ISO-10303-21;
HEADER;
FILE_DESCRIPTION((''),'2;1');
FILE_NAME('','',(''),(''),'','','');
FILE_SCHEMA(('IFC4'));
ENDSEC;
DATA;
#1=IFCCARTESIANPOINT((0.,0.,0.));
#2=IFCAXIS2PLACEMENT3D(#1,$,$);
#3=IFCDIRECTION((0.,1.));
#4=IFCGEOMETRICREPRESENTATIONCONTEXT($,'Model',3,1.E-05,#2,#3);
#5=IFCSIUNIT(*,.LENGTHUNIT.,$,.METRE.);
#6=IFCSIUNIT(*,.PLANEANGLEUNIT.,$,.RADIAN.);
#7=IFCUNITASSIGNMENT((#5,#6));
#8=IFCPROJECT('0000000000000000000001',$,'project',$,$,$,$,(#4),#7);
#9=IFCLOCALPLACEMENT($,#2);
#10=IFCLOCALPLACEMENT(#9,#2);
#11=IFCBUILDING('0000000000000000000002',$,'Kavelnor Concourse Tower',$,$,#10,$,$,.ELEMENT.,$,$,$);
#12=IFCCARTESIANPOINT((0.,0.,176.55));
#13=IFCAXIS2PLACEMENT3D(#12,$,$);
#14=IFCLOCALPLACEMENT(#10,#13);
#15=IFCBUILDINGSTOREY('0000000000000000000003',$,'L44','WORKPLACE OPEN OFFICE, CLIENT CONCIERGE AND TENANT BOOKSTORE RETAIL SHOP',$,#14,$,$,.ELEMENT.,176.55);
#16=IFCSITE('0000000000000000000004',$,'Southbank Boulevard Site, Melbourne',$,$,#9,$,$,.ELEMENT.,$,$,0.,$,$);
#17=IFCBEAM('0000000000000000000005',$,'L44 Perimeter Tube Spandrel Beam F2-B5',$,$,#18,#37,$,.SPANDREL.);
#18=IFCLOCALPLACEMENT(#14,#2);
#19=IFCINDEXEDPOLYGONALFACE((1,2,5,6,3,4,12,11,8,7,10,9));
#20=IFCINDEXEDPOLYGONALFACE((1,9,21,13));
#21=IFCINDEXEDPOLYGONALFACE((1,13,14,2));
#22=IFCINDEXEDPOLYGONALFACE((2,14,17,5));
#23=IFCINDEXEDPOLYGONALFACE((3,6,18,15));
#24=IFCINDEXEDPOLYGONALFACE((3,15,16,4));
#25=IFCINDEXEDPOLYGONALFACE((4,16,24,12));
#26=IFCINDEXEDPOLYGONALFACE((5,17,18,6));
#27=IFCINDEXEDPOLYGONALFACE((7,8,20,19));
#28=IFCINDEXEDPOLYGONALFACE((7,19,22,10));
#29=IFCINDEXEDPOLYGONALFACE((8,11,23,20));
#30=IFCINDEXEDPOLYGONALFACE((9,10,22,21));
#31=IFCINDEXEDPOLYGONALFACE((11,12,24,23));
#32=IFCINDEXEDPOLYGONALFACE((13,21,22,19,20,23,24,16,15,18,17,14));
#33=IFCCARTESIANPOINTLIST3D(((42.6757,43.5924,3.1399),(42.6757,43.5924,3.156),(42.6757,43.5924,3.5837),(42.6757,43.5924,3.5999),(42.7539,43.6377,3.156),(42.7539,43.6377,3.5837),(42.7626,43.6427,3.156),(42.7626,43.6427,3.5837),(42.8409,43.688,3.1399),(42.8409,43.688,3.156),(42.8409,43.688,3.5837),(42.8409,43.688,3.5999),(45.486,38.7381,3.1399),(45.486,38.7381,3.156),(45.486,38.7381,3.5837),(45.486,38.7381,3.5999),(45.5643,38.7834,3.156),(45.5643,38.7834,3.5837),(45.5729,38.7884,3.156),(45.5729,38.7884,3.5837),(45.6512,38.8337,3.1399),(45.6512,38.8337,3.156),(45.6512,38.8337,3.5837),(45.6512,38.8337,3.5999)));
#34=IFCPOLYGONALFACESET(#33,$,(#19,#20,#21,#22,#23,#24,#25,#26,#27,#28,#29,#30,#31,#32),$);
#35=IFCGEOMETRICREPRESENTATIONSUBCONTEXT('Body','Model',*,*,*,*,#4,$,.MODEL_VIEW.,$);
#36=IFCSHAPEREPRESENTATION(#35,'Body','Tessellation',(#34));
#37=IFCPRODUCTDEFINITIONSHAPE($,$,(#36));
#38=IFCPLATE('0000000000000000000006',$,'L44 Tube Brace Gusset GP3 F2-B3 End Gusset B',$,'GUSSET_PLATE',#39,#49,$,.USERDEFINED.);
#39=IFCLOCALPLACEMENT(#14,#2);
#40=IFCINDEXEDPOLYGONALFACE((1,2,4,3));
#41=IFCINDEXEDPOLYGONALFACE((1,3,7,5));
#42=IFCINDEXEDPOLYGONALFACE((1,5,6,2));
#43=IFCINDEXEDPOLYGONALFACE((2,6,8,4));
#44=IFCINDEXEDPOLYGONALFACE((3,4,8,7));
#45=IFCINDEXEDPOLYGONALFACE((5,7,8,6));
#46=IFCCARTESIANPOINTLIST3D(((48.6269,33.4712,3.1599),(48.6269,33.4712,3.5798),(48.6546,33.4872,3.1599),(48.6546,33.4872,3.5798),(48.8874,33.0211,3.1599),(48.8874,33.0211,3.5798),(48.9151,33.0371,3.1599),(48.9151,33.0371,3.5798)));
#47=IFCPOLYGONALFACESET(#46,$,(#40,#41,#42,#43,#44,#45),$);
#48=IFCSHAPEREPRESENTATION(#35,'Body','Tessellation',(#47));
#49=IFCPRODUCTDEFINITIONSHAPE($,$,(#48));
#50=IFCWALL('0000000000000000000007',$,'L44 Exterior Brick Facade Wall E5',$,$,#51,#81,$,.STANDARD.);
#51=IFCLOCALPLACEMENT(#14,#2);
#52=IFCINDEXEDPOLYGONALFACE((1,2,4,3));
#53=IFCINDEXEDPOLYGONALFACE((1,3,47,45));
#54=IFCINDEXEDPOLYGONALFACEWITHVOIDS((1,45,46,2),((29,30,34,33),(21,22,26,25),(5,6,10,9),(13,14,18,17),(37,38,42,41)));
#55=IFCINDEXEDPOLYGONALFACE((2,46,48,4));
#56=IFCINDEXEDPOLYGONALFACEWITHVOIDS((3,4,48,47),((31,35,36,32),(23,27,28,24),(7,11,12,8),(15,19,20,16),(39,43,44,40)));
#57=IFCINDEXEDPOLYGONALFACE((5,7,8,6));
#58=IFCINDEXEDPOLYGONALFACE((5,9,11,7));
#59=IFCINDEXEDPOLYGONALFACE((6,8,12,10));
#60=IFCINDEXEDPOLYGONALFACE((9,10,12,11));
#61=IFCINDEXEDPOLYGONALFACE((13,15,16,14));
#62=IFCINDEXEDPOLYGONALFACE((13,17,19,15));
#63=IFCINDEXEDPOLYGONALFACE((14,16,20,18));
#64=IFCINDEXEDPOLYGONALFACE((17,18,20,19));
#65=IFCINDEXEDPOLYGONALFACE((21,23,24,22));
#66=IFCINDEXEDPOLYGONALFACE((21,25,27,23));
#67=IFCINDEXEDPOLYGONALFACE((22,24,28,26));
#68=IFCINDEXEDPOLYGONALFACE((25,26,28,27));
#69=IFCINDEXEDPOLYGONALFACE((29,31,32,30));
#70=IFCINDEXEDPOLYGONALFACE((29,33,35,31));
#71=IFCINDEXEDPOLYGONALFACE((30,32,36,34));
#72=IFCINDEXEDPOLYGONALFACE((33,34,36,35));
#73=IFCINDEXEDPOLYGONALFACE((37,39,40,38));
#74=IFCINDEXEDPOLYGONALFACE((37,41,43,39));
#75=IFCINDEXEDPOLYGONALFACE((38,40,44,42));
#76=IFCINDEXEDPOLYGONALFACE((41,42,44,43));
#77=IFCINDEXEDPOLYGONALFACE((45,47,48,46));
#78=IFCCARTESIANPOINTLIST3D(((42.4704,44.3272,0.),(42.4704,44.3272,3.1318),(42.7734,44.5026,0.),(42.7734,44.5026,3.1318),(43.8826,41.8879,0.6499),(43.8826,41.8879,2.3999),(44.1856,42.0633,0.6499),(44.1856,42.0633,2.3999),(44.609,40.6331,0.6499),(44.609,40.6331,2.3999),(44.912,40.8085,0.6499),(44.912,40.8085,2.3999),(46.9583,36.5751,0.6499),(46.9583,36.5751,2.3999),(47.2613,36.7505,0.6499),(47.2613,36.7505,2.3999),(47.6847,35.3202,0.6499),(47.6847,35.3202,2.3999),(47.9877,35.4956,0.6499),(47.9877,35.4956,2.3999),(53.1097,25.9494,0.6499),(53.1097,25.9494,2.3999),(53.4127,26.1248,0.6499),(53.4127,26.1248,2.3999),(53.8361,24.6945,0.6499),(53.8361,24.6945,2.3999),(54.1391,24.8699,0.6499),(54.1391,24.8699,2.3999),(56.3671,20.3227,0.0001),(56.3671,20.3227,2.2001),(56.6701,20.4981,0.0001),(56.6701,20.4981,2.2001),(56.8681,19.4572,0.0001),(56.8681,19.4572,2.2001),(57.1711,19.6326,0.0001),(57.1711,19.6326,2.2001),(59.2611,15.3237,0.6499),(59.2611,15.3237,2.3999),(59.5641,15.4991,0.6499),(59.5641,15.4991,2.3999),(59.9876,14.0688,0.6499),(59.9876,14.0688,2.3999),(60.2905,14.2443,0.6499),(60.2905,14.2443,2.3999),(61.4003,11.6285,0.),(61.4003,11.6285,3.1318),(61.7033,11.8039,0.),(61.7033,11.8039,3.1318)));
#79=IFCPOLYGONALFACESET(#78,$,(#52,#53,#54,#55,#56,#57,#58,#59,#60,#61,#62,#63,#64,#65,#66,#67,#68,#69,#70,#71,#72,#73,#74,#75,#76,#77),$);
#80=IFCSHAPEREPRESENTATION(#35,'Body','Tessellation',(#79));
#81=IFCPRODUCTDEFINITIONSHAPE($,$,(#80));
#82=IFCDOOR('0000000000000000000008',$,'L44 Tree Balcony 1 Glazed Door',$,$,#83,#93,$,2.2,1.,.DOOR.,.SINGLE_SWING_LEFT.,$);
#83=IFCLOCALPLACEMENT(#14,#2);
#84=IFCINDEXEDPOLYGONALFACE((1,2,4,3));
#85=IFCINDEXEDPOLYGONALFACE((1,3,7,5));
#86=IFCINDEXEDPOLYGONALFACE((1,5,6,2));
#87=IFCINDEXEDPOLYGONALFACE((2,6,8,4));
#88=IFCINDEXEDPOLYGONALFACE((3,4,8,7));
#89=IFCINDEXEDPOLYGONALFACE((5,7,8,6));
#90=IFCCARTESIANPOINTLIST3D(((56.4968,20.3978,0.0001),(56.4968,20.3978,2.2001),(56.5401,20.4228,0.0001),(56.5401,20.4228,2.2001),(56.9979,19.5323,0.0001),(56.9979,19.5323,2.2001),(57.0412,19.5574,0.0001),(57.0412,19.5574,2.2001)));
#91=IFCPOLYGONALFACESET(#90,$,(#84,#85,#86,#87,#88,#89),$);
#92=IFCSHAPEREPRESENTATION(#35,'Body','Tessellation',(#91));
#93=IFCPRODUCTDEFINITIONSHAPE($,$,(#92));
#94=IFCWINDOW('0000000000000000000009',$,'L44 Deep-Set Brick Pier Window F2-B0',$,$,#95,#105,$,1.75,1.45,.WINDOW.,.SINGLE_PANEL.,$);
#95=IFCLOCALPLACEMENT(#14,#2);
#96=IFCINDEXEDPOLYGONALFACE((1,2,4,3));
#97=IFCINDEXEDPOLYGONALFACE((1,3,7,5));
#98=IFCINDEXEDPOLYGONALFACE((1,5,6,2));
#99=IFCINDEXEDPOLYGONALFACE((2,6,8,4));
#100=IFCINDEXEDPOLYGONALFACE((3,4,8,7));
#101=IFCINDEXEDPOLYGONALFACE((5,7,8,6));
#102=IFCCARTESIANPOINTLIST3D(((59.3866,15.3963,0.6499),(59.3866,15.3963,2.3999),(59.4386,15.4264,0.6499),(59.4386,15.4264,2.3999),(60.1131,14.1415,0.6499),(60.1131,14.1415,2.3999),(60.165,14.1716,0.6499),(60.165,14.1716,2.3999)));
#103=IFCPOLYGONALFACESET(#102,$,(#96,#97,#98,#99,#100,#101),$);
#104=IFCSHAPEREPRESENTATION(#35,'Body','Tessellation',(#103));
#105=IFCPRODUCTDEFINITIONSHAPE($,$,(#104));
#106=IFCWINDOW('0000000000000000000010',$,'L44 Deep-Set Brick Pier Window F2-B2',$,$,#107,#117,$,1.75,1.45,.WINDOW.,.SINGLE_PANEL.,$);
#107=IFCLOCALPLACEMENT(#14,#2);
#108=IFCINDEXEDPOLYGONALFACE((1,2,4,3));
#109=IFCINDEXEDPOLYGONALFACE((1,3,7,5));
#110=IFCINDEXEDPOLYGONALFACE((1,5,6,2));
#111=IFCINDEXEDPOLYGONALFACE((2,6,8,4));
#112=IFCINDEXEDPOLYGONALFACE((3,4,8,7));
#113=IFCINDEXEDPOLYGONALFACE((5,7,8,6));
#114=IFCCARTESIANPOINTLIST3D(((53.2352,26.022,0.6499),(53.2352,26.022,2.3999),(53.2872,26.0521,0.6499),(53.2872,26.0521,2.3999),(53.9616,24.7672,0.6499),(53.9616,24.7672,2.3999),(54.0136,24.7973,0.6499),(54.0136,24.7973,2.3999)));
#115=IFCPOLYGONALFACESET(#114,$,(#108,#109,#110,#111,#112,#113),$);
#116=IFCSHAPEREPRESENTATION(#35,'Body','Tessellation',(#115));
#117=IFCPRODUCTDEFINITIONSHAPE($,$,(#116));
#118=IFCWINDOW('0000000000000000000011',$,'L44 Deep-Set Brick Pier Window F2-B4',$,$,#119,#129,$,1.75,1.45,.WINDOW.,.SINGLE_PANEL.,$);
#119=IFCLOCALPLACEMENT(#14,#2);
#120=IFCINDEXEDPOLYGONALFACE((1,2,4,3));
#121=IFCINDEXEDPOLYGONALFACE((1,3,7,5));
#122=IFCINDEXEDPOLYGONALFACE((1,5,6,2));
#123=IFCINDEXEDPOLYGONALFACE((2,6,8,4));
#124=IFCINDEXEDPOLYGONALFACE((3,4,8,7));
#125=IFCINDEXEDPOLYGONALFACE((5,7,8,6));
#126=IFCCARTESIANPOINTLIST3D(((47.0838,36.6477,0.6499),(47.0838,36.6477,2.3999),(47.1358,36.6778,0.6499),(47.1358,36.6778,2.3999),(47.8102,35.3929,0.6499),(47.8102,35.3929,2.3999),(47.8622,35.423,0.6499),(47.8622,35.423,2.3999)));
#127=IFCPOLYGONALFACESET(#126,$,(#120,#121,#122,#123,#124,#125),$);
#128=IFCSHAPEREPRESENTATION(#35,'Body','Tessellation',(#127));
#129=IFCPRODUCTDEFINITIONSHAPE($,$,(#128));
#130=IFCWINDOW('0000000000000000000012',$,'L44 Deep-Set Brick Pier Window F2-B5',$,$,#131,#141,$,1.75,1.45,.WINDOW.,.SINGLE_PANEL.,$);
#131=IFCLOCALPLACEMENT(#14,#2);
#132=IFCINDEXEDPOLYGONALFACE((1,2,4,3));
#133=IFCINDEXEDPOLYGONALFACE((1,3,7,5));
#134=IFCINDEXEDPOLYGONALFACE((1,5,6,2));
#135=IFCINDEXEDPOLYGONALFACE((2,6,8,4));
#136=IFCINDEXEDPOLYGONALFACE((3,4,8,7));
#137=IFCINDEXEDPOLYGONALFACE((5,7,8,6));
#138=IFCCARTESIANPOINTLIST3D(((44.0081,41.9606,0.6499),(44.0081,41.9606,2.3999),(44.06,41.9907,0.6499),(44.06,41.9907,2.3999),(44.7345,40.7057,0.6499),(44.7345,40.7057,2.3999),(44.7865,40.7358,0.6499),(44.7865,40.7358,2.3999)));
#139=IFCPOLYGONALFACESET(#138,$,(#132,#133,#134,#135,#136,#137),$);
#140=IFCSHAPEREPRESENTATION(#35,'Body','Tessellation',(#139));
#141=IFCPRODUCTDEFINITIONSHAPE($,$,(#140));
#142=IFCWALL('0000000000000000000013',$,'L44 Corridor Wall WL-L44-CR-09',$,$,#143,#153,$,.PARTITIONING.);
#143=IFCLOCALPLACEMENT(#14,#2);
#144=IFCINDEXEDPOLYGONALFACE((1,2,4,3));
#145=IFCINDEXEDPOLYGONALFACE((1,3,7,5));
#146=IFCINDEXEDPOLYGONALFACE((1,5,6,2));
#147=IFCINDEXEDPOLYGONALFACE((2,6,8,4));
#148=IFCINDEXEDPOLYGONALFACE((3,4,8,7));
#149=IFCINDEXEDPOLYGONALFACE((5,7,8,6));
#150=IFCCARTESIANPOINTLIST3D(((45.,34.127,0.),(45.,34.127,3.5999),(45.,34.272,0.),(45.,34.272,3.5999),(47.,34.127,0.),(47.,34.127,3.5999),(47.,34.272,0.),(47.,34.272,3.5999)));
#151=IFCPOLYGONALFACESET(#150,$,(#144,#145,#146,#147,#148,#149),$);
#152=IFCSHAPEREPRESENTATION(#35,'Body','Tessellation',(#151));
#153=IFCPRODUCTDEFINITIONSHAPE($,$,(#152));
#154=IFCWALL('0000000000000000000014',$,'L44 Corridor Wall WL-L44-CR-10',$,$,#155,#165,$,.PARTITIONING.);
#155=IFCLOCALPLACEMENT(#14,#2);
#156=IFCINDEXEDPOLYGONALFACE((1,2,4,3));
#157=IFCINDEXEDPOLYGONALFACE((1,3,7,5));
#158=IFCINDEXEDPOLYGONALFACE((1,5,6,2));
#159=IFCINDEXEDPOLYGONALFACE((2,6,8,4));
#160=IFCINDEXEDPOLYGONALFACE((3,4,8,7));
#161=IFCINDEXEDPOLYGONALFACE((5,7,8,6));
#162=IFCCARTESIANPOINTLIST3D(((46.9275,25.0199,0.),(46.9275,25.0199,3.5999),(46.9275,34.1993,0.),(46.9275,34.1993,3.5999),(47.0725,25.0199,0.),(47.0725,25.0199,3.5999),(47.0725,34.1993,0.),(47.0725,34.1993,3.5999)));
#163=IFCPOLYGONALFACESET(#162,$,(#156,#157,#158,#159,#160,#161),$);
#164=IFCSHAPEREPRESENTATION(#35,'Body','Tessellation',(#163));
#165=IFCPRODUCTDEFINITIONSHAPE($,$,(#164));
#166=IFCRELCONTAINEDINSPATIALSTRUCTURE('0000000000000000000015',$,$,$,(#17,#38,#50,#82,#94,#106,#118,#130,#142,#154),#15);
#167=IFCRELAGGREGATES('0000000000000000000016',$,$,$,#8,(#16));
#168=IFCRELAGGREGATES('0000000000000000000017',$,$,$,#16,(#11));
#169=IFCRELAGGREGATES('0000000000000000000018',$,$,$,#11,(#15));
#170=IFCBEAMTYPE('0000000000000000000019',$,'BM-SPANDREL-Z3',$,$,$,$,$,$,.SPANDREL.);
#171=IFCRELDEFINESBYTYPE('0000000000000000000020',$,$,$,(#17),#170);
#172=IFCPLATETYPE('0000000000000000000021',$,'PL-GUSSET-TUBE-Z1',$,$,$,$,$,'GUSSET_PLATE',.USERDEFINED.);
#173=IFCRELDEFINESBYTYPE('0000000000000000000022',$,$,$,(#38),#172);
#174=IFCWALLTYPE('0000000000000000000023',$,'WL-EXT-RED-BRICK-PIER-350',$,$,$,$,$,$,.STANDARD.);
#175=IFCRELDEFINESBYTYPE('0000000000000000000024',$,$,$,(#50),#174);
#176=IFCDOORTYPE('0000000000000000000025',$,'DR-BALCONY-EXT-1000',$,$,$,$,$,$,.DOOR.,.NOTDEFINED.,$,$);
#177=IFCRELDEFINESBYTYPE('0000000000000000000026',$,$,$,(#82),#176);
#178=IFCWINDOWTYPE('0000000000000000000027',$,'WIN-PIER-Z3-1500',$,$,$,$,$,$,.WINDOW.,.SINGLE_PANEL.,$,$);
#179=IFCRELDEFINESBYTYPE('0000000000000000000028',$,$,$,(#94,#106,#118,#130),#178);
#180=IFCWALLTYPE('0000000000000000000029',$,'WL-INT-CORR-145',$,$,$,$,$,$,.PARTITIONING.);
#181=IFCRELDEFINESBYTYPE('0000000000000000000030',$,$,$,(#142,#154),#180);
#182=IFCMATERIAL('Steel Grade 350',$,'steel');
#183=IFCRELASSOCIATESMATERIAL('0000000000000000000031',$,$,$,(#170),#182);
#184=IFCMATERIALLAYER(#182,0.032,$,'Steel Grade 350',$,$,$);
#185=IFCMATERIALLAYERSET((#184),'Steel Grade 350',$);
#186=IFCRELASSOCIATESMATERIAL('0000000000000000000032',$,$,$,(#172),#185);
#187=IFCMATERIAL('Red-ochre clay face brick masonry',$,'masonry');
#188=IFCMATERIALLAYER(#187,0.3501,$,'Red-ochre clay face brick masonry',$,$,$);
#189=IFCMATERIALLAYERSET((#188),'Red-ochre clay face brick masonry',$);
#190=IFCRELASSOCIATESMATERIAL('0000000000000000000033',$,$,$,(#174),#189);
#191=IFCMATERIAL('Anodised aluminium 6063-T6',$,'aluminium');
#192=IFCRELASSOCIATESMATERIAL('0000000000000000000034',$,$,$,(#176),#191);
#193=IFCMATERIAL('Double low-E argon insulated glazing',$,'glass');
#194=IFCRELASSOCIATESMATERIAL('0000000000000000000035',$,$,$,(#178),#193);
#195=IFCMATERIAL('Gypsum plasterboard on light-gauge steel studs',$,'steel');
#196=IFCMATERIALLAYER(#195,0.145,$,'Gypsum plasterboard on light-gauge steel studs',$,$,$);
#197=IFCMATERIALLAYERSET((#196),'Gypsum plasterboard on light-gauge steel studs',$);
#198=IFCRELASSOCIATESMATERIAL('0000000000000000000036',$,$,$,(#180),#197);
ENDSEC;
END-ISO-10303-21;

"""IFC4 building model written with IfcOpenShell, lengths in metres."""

from ifc_helpers import new_model, si_unit, direction, frame, frame_2d, origin, origin_2d, place, context, subcontext, project, spatial, rectangle, i_section, extrude, material, layer, layer_set, material_profile, profile_set, type_object, element, fill, save


model = new_model("IFC4")

# Units and contexts
model_context = context("Model", 3, precision=1e-05, world=origin(), true_north=direction((0.0, 1.0)))
body_context = subcontext(model_context, "Body", "Model", "MODEL_VIEW")
ifc_project = project(units=[si_unit("LENGTHUNIT", "METRE"), si_unit("PLANEANGLEUNIT", "RADIAN")], contexts=[model_context])

# Site, building, storey
site_placement = place(None, origin())
site = spatial("IfcSite", under=ifc_project, at=site_placement, Name="Southbank Boulevard Site, Melbourne", CompositionType="ELEMENT", RefElevation=0.0)
building_placement = place(site_placement, origin())
building = spatial("IfcBuilding", under=site, at=building_placement, Name="Kavelnor Concourse Tower", CompositionType="ELEMENT")
storey_placement = place(building_placement, frame((0.0, 0.0, 176.55)))
storey = spatial("IfcBuildingStorey", under=building, at=storey_placement, Name="L44", Description="WORKPLACE OPEN OFFICE, CLIENT CONCIERGE AND TENANT BOOKSTORE RETAIL SHOP", CompositionType="ELEMENT", Elevation=176.55)

# Shared definitions
ifc_material_1 = material(Name="Steel Grade 350", Category="steel")

# Beam
ifc_material_profile_1 = material_profile(ifc_material_1, i_section(OverallWidth=0.1909, OverallDepth=0.46, WebThickness=0.01, FlangeThickness=0.0161, at=origin_2d()), Name="460UB82")
ifc_profile_set_1 = profile_set([ifc_material_profile_1], Name="Steel Grade 350")
beam_type_1 = type_object("IfcBeamType", Name="BM-SPANDREL-Z3", PredefinedType="SPANDREL", material=ifc_profile_set_1)
for number, where, z_axis, x_axis, name in (
    (1, (45.5686, 38.7859, 3.3699), (-0.501029, 0.86543, 0.0), (-0.86543, -0.501029, 0.0), "L44 Perimeter Tube Spandrel Beam F2-B5"),
):
    element("IfcBeam", number, at=place(storey_placement, frame(where, z_axis=z_axis, x_axis=x_axis)), inside=storey, type_object=beam_type_1, Name=name, PredefinedType="SPANDREL", context=body_context, shape_type="SweptSolid", body=[
        extrude(i_section(OverallWidth=0.1909, OverallDepth=0.46, WebThickness=0.01, FlangeThickness=0.0161, at=origin_2d()), origin(), (0.0, 0.0, 1.0), 5.6091),
    ])

# Plate
ifc_layer_1 = layer(ifc_material_1, 0.032, Name="Steel Grade 350")
ifc_layer_set_1 = layer_set([ifc_layer_1], Name="Steel Grade 350")
plate_type = type_object("IfcPlateType", Name="PL-GUSSET-TUBE-Z1", ElementType="GUSSET_PLATE", PredefinedType="USERDEFINED", material=ifc_layer_set_1)
plate_placement = place(storey_placement, frame((48.771, 33.2542, 3.1599), z_axis=(0.0, 0.0, 1.0), x_axis=(-0.501058, 0.865414, 0.0)))
element("IfcPlate", 2, at=plate_placement, inside=storey, type_object=plate_type, Name="L44 Tube Brace Gusset GP3 F2-B3 End Gusset B", ObjectType="GUSSET_PLATE", PredefinedType="USERDEFINED", context=body_context, shape_type="SweptSolid", body=[
    extrude(rectangle(XDim=0.52, YDim=0.032, at=origin_2d()), origin(), (0.0, 0.0, 1.0), 0.4199),
])

# Wall, openings, door, windows
ifc_material_2 = material(Name="Red-ochre clay face brick masonry", Category="masonry")
ifc_layer_2 = layer(ifc_material_2, 0.3501, Name="Red-ochre clay face brick masonry")
ifc_layer_set_2 = layer_set([ifc_layer_2], Name="Red-ochre clay face brick masonry")
wall_type_1 = type_object("IfcWallType", Name="WL-EXT-RED-BRICK-PIER-350", PredefinedType="STANDARD", material=ifc_layer_set_2)
wall_1_placement = place(storey_placement, frame((42.6218, 44.415, 0.0), z_axis=(0.0, 0.0, 1.0), x_axis=(0.501018, -0.865437, 0.0)))
wall_1 = element("IfcWall", 3, at=wall_1_placement, inside=storey, type_object=wall_type_1, Name="L44 Exterior Brick Facade Wall E5", PredefinedType="STANDARD", context=body_context, shape_type="SweptSolid", body=[
    extrude(rectangle(XDim=37.783, YDim=0.3501, at=frame_2d((18.8916, 0.0))), origin(), (0.0, 0.0, 1.0), 3.1318),
])
opening_1_placement = place(wall_1_placement, frame((27.7371, 0.0, 0.0)))
opening_1 = element("IfcOpeningElement", 4, at=opening_1_placement, cuts=wall_1, PredefinedType="OPENING", context=body_context, shape_type="SweptSolid", body=[
    extrude(rectangle(XDim=1.0, YDim=2.2, at=frame_2d((0.5, 1.1001))), frame((0.0, 0.1851, 0.0), z_axis=(0.0, -1.0, 0.0), x_axis=(1.0, 0.0, 0.0)), (0.0, 0.0, 1.0), 0.3701),
])
opening_2_placement = place(wall_1_placement, frame((33.5132, 0.0, 0.6499)))
opening_2 = element("IfcOpeningElement", 5, at=opening_2_placement, cuts=wall_1, PredefinedType="OPENING", context=body_context, shape_type="SweptSolid", body=[
    extrude(rectangle(XDim=1.45, YDim=1.75, at=frame_2d((0.7251, 0.875))), frame((0.0, 0.1851, 0.0), z_axis=(0.0, -1.0, 0.0), x_axis=(1.0, 0.0, 0.0)), (0.0, 0.0, 1.0), 0.3701),
])
opening_3_placement = place(wall_1_placement, frame((21.2354, 0.0, 0.6499)))
opening_3 = element("IfcOpeningElement", 6, at=opening_3_placement, cuts=wall_1, PredefinedType="OPENING", context=body_context, shape_type="SweptSolid", body=[
    extrude(rectangle(XDim=1.45, YDim=1.75, at=frame_2d((0.7251, 0.875))), frame((0.0, 0.1851, 0.0), z_axis=(0.0, -1.0, 0.0), x_axis=(1.0, 0.0, 0.0)), (0.0, 0.0, 1.0), 0.3701),
])
opening_4_placement = place(wall_1_placement, frame((8.9575, 0.0, 0.6499)))
opening_4 = element("IfcOpeningElement", 7, at=opening_4_placement, cuts=wall_1, PredefinedType="OPENING", context=body_context, shape_type="SweptSolid", body=[
    extrude(rectangle(XDim=1.45, YDim=1.75, at=frame_2d((0.7251, 0.875))), frame((0.0, 0.1851, 0.0), z_axis=(0.0, -1.0, 0.0), x_axis=(1.0, 0.0, 0.0)), (0.0, 0.0, 1.0), 0.3701),
])
opening_5_placement = place(wall_1_placement, frame((2.8186, 0.0, 0.6499)))
opening_5 = element("IfcOpeningElement", 8, at=opening_5_placement, cuts=wall_1, PredefinedType="OPENING", context=body_context, shape_type="SweptSolid", body=[
    extrude(rectangle(XDim=1.45, YDim=1.75, at=frame_2d((0.7251, 0.875))), frame((0.0, 0.1851, 0.0), z_axis=(0.0, -1.0, 0.0), x_axis=(1.0, 0.0, 0.0)), (0.0, 0.0, 1.0), 0.3701),
])
ifc_material_3 = material(Name="Anodised aluminium 6063-T6", Category="aluminium")
door_type_1 = type_object("IfcDoorType", Name="DR-BALCONY-EXT-1000", OperationType="NOTDEFINED", PredefinedType="DOOR", material=ifc_material_3)
door_1_placement = place(opening_1_placement, origin())
door_1 = element("IfcDoor", 9, at=door_1_placement, inside=storey, type_object=door_type_1, Name="L44 Tree Balcony 1 Glazed Door", OperationType="SINGLE_SWING_LEFT", OverallHeight=2.2, OverallWidth=1.0, PredefinedType="DOOR", context=body_context, shape_type="SweptSolid", body=[
    extrude(rectangle(XDim=1.0, YDim=2.2, at=frame_2d((0.5, 1.1001))), frame((0.0, 0.0249, 0.0), z_axis=(0.0, -1.0, 0.0), x_axis=(1.0, 0.0, 0.0)), (0.0, 0.0, 1.0), 0.05),
])
fill(opening_1, door_1)
ifc_material_4 = material(Name="Double low-E argon insulated glazing", Category="glass")
window_type = type_object("IfcWindowType", Name="WIN-PIER-Z3-1500", PartitioningType="SINGLE_PANEL", PredefinedType="WINDOW", material=ifc_material_4)
window_1_placement = place(opening_2_placement, origin())
window_1 = element("IfcWindow", 10, at=window_1_placement, inside=storey, type_object=window_type, Name="L44 Deep-Set Brick Pier Window F2-B0", OverallHeight=1.75, OverallWidth=1.45, PartitioningType="SINGLE_PANEL", PredefinedType="WINDOW", context=body_context, shape_type="SweptSolid", body=[
    extrude(rectangle(XDim=1.45, YDim=1.75, at=frame_2d((0.7251, 0.875))), frame((0.0, 0.03, 0.0), z_axis=(0.0, -1.0, 0.0), x_axis=(1.0, 0.0, 0.0)), (0.0, 0.0, 1.0), 0.0601),
])
fill(opening_2, window_1)
window_2_placement = place(opening_3_placement, origin())
window_2 = element("IfcWindow", 11, at=window_2_placement, inside=storey, type_object=window_type, Name="L44 Deep-Set Brick Pier Window F2-B2", OverallHeight=1.75, OverallWidth=1.45, PartitioningType="SINGLE_PANEL", PredefinedType="WINDOW", context=body_context, shape_type="SweptSolid", body=[
    extrude(rectangle(XDim=1.45, YDim=1.75, at=frame_2d((0.7251, 0.875))), frame((0.0, 0.03, 0.0), z_axis=(0.0, -1.0, 0.0), x_axis=(1.0, 0.0, 0.0)), (0.0, 0.0, 1.0), 0.0601),
])
fill(opening_3, window_2)
window_3_placement = place(opening_4_placement, origin())
window_3 = element("IfcWindow", 12, at=window_3_placement, inside=storey, type_object=window_type, Name="L44 Deep-Set Brick Pier Window F2-B4", OverallHeight=1.75, OverallWidth=1.45, PartitioningType="SINGLE_PANEL", PredefinedType="WINDOW", context=body_context, shape_type="SweptSolid", body=[
    extrude(rectangle(XDim=1.45, YDim=1.75, at=frame_2d((0.7251, 0.875))), frame((0.0, 0.03, 0.0), z_axis=(0.0, -1.0, 0.0), x_axis=(1.0, 0.0, 0.0)), (0.0, 0.0, 1.0), 0.0601),
])
fill(opening_4, window_3)
window_4_placement = place(opening_5_placement, origin())
window_4 = element("IfcWindow", 13, at=window_4_placement, inside=storey, type_object=window_type, Name="L44 Deep-Set Brick Pier Window F2-B5", OverallHeight=1.75, OverallWidth=1.45, PartitioningType="SINGLE_PANEL", PredefinedType="WINDOW", context=body_context, shape_type="SweptSolid", body=[
    extrude(rectangle(XDim=1.45, YDim=1.75, at=frame_2d((0.7251, 0.875))), frame((0.0, 0.03, 0.0), z_axis=(0.0, -1.0, 0.0), x_axis=(1.0, 0.0, 0.0)), (0.0, 0.0, 1.0), 0.0601),
])
fill(opening_5, window_4)

# Walls
ifc_material_5 = material(Name="Gypsum plasterboard on light-gauge steel studs", Category="steel")
ifc_layer_3 = layer(ifc_material_5, 0.145, Name="Gypsum plasterboard on light-gauge steel studs")
ifc_layer_set_3 = layer_set([ifc_layer_3], Name="Gypsum plasterboard on light-gauge steel studs")
wall_type_2 = type_object("IfcWallType", Name="WL-INT-CORR-145", PredefinedType="PARTITIONING", material=ifc_layer_set_3)
wall_2_placement = place(storey_placement, frame((45.0, 34.1995, 0.0), z_axis=(0.0, 0.0, 1.0), x_axis=(1.0, 0.0, 0.0)))
element("IfcWall", 14, at=wall_2_placement, inside=storey, type_object=wall_type_2, Name="L44 Corridor Wall WL-L44-CR-09", PredefinedType="PARTITIONING", context=body_context, shape_type="SweptSolid", body=[
    extrude(rectangle(XDim=2.0, YDim=0.145, at=frame_2d((1.0, 0.0))), origin(), (0.0, 0.0, 1.0), 3.5999),
])
wall_3_placement = place(storey_placement, frame((47.0, 34.1995, 0.0), z_axis=(0.0, 0.0, 1.0), x_axis=(0.0, -1.0, 0.0)))
element("IfcWall", 15, at=wall_3_placement, inside=storey, type_object=wall_type_2, Name="L44 Corridor Wall WL-L44-CR-10", PredefinedType="PARTITIONING", context=body_context, shape_type="SweptSolid", body=[
    extrude(rectangle(XDim=9.1794, YDim=0.145, at=frame_2d((4.5898, 0.0))), origin(), (0.0, 0.0, 1.0), 3.5999),
])

save(model, "model.ifc")
